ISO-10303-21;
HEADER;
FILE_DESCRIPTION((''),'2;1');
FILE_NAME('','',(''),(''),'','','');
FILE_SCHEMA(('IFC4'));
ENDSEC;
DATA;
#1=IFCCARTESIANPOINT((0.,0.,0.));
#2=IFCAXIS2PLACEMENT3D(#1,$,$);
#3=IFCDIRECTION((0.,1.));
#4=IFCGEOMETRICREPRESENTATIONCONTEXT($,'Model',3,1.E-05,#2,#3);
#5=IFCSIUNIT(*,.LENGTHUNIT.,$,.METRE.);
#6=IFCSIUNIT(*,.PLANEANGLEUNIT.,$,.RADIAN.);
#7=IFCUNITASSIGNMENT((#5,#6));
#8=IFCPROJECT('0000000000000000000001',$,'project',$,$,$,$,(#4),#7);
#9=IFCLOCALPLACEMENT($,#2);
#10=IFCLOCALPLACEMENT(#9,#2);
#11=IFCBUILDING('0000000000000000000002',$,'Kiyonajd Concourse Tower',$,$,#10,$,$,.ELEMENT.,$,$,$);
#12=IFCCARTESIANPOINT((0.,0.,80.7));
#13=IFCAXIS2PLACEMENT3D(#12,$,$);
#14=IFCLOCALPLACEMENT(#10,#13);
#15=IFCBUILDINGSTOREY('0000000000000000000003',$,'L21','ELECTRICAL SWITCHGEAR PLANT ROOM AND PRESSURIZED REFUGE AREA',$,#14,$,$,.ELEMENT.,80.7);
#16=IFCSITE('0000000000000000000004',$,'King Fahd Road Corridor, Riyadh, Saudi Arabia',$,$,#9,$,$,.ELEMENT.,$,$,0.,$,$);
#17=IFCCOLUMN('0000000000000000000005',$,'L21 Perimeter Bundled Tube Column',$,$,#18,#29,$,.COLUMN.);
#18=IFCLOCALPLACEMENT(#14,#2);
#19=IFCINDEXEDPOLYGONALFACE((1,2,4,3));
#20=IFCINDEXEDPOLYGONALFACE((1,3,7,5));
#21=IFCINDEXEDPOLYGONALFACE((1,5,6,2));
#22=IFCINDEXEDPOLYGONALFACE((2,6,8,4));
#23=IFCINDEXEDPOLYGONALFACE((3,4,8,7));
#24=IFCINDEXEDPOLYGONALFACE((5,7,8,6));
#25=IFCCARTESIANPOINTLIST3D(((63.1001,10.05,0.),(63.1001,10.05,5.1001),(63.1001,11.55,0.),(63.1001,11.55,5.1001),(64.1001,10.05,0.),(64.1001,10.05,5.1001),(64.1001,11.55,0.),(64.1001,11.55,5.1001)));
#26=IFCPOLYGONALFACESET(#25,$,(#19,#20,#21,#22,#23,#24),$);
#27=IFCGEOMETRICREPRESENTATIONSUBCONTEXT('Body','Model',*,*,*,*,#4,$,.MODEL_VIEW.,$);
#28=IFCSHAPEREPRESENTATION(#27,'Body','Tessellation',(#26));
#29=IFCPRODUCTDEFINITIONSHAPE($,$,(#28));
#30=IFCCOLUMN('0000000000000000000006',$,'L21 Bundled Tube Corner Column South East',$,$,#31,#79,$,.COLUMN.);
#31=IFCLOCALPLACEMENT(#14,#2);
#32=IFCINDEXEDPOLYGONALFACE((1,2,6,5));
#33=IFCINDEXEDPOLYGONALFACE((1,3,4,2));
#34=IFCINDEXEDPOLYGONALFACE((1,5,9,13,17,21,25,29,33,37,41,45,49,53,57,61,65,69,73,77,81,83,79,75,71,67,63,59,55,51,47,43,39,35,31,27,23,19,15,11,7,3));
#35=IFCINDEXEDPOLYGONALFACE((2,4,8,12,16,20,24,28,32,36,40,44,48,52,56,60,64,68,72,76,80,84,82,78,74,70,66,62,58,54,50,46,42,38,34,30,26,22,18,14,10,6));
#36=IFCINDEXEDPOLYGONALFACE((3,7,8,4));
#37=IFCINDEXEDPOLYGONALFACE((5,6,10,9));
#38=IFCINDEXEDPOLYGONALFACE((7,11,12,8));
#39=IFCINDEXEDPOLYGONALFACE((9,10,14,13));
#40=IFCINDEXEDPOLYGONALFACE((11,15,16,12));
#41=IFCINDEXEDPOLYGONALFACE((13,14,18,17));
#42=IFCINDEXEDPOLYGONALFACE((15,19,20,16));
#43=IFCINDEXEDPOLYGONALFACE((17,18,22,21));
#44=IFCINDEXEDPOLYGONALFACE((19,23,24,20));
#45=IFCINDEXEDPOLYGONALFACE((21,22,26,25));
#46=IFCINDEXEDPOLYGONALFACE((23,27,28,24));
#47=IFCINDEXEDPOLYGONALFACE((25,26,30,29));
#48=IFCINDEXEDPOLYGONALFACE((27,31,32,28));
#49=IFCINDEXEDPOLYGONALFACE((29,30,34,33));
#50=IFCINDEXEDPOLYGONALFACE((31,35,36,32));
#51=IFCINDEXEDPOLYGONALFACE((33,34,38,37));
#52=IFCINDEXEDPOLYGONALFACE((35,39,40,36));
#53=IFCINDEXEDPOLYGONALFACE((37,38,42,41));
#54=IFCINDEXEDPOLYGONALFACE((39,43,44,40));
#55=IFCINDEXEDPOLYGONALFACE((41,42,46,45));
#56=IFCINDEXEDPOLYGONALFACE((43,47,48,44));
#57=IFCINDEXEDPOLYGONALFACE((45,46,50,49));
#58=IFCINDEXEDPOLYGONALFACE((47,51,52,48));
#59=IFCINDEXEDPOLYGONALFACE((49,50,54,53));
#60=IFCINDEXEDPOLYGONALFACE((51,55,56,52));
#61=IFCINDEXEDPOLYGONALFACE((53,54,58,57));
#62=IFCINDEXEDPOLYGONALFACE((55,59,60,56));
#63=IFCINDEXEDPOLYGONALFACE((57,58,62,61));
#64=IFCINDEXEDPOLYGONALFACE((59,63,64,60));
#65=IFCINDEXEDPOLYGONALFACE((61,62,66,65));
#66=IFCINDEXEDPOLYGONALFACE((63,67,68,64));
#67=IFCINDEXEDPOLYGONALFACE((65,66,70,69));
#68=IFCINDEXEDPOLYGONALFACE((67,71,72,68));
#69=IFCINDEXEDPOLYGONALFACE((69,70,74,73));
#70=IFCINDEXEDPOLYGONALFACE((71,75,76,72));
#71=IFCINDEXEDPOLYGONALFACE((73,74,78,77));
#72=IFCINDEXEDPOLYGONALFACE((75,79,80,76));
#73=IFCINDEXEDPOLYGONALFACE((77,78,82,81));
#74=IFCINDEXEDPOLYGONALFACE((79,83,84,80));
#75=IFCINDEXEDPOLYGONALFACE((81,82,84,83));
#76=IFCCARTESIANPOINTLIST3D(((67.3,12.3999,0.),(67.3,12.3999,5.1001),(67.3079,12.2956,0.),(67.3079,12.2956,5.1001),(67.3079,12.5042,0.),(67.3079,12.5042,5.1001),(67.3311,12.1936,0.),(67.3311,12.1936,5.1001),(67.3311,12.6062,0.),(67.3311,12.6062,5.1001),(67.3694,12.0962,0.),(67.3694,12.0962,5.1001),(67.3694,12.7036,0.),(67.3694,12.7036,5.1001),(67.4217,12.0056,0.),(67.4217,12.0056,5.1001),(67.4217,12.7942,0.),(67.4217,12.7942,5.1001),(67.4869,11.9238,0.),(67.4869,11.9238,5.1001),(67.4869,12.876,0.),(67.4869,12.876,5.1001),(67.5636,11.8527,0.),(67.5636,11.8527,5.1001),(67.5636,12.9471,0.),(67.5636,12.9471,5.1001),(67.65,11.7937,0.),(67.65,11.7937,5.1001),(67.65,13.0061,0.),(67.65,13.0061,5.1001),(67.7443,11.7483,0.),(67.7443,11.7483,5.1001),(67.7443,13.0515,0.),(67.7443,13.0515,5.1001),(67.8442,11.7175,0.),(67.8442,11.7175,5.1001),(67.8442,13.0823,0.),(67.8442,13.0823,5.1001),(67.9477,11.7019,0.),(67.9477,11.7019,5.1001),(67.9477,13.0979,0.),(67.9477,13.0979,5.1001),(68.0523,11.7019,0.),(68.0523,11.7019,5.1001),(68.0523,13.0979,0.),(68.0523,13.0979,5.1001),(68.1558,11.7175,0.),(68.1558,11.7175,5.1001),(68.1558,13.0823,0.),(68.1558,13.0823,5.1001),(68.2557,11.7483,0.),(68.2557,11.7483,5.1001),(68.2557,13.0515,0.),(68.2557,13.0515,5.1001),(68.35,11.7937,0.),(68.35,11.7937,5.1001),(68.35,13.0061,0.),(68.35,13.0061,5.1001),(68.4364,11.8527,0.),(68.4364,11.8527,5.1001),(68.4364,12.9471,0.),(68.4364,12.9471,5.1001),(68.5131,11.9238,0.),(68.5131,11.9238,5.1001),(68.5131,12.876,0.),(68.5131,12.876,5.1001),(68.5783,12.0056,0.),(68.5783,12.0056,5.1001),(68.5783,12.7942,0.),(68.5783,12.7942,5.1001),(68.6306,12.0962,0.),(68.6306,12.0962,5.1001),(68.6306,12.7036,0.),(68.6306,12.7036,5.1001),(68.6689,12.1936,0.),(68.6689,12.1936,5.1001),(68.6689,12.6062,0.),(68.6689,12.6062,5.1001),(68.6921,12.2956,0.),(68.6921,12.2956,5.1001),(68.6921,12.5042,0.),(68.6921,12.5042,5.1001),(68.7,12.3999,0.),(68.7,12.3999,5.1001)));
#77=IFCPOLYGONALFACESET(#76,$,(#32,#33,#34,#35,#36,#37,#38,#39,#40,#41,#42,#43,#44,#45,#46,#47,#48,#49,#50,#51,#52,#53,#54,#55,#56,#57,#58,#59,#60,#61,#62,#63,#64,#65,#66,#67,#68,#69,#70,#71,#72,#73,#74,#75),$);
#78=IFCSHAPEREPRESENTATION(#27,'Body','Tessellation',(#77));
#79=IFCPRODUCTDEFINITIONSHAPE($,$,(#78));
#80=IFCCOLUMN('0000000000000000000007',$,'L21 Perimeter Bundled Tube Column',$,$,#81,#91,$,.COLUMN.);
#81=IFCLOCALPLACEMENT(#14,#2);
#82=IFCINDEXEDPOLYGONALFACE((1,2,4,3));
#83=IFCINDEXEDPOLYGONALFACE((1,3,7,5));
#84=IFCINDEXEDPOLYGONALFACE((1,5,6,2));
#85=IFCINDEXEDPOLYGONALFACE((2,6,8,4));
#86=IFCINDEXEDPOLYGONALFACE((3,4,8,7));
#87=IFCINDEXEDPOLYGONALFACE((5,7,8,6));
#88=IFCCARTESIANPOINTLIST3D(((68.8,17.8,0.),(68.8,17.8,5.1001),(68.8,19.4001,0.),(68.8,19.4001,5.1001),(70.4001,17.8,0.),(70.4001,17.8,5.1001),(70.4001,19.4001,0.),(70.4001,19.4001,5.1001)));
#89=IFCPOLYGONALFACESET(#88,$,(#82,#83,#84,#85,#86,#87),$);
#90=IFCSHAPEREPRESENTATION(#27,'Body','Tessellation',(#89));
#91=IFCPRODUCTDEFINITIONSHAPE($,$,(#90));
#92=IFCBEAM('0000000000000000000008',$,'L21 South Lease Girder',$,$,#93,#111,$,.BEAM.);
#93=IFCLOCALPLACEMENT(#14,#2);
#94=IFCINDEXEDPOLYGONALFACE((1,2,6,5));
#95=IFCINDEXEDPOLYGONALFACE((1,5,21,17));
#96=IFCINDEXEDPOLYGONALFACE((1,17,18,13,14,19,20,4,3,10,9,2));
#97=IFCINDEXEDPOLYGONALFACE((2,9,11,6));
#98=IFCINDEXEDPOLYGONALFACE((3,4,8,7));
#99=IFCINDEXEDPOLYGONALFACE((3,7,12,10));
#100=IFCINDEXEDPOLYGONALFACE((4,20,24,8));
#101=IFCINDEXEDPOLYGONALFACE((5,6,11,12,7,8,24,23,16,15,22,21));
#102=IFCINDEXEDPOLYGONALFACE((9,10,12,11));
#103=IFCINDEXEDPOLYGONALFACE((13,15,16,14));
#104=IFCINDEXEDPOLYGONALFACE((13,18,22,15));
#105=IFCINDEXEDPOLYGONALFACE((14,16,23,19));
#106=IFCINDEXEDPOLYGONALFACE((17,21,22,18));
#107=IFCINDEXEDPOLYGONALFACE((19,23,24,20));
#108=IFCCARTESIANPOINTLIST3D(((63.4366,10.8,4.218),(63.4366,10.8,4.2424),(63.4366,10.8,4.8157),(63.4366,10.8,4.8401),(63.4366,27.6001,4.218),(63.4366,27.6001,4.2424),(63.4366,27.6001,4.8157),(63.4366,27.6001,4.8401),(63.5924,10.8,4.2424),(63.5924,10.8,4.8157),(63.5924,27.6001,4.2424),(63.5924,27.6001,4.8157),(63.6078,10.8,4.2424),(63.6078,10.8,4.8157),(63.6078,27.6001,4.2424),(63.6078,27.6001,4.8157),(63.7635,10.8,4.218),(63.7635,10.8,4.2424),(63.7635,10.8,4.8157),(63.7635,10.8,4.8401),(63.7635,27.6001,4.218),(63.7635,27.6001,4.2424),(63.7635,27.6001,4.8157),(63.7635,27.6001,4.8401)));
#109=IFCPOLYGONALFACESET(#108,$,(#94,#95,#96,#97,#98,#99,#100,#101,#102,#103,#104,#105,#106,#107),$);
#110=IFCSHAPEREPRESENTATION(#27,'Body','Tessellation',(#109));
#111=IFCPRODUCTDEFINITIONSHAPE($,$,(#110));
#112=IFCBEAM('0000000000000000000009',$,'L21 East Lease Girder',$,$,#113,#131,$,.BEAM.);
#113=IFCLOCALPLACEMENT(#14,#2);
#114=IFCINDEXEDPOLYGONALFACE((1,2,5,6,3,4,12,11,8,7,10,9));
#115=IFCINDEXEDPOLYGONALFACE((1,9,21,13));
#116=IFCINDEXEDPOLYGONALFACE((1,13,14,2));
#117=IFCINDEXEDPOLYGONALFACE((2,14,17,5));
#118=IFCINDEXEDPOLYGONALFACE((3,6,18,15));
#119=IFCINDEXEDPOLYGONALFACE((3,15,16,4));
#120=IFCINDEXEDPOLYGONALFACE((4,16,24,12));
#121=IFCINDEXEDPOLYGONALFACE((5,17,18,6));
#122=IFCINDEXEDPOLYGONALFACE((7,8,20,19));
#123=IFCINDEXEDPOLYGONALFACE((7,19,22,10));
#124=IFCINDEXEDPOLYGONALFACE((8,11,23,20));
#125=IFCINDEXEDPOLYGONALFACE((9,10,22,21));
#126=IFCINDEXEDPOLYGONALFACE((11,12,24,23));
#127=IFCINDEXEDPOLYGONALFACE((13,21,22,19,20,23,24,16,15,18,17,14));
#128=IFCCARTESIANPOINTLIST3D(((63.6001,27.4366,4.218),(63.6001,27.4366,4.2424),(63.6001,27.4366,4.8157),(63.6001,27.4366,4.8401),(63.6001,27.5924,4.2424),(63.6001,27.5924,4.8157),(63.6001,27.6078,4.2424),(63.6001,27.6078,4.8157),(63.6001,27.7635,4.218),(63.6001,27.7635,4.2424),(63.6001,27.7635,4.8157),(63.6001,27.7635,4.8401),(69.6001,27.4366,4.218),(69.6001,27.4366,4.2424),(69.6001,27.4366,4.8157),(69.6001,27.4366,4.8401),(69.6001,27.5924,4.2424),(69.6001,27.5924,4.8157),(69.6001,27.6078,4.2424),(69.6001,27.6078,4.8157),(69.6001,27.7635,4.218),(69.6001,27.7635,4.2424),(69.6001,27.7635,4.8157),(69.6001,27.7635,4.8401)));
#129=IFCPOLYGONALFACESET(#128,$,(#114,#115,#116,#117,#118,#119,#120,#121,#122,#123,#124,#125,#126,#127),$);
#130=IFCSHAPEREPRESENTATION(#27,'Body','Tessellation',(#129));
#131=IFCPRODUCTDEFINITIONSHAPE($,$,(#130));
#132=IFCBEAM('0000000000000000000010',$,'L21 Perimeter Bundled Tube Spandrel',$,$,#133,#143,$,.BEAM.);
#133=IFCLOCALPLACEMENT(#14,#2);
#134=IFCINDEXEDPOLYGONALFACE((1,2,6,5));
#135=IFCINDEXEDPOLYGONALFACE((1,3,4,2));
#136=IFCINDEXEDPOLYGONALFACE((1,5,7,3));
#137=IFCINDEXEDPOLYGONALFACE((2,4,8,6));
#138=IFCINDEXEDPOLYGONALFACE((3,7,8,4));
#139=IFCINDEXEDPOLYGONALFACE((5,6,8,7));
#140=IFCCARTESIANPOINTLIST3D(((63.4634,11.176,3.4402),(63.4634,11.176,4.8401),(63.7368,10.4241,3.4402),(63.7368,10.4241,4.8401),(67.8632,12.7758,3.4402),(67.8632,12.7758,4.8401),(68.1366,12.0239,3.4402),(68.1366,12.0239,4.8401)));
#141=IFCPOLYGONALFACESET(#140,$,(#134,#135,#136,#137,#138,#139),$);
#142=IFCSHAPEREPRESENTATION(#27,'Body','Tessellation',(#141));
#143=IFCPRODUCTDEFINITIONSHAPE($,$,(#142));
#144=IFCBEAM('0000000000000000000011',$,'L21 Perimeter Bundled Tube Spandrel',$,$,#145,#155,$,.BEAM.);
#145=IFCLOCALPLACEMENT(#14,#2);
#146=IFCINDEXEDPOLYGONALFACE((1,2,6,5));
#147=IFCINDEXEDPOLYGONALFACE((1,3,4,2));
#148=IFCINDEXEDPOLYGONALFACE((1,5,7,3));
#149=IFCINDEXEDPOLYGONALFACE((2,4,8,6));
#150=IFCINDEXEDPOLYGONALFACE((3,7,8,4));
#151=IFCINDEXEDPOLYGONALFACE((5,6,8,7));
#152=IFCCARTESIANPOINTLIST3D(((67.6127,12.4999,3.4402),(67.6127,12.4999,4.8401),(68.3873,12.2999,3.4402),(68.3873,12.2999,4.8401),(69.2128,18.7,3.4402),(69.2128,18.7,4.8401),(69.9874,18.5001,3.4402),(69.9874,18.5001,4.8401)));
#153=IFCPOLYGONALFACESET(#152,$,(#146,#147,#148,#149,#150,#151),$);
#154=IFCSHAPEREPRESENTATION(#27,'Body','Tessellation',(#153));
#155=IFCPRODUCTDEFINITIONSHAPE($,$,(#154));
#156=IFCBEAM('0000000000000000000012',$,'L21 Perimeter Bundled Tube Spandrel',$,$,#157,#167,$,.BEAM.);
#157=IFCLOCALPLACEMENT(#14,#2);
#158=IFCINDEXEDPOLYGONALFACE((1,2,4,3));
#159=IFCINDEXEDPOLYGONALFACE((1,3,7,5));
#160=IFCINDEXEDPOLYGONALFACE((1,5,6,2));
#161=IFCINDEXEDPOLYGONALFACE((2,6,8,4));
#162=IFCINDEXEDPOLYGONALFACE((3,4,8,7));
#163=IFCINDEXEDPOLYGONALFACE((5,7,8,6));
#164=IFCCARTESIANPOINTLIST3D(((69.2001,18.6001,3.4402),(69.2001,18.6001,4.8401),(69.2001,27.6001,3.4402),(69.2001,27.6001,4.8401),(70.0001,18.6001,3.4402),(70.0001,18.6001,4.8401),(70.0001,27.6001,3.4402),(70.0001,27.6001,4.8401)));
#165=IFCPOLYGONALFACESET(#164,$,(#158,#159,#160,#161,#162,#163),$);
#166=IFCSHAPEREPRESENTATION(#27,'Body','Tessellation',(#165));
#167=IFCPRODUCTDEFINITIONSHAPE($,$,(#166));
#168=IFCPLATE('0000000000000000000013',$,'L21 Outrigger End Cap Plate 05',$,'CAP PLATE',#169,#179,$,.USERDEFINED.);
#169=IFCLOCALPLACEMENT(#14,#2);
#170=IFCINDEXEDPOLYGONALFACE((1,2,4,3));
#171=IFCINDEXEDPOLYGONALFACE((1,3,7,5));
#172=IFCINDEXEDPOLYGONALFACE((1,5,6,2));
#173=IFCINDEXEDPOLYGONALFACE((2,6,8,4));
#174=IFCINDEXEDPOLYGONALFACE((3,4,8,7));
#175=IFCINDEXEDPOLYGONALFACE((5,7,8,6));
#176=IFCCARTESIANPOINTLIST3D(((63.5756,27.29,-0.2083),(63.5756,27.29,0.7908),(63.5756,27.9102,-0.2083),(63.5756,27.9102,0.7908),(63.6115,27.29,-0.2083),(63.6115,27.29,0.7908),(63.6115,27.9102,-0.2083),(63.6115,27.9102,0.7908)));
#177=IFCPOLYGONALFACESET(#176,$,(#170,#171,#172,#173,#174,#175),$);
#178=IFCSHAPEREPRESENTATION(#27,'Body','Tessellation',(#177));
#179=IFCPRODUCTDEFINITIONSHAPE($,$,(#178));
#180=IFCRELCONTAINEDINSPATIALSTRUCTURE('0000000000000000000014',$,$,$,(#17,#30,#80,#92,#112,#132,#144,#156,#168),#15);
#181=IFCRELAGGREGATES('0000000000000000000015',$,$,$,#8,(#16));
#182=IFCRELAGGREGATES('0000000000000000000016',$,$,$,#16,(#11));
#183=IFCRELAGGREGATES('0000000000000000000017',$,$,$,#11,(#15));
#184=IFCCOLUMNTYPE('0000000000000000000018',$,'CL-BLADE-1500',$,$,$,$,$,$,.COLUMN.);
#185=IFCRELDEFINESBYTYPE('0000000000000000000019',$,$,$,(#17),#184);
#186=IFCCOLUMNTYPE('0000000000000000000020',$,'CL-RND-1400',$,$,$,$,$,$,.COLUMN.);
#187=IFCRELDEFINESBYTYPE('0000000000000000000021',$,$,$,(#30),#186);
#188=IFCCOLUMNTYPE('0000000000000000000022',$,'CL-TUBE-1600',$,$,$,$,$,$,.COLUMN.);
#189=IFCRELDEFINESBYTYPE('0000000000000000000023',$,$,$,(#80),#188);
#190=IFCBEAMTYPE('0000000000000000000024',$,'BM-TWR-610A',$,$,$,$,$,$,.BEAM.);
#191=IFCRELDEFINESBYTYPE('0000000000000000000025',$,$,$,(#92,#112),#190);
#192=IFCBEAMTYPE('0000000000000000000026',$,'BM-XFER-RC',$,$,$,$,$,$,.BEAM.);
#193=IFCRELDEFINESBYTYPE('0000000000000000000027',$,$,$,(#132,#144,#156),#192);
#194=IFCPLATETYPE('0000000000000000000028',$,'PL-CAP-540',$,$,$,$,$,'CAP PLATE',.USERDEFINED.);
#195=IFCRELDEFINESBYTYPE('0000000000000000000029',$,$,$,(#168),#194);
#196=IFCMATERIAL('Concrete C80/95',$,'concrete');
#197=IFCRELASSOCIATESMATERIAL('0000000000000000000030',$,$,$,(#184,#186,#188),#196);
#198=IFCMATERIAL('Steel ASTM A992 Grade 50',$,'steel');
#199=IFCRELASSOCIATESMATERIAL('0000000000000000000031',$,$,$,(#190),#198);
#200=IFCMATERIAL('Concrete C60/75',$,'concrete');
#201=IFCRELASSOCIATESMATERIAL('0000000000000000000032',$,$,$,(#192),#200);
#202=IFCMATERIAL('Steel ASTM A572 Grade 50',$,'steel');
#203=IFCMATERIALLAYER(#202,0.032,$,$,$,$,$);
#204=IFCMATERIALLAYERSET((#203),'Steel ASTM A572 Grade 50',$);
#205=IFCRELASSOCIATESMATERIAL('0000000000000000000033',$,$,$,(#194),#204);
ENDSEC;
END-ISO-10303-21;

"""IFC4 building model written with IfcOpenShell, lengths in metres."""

from ifc_helpers import new_model, si_unit, direction, frame, origin, origin_2d, place, context, subcontext, project, spatial, rectangle, circle, i_section, extrude, material, layer, layer_set, material_profile, profile_set, type_object, element, save


model = new_model("IFC4")

# Units and contexts
model_context = context("Model", 3, precision=1e-05, world=origin(), true_north=direction((0.0, 1.0)))
body_context = subcontext(model_context, "Body", "Model", "MODEL_VIEW")
ifc_project = project(units=[si_unit("LENGTHUNIT", "METRE"), si_unit("PLANEANGLEUNIT", "RADIAN")], contexts=[model_context])

# Site, building, storey
site_placement = place(None, origin())
site = spatial("IfcSite", under=ifc_project, at=site_placement, Name="King Fahd Road Corridor, Riyadh, Saudi Arabia", CompositionType="ELEMENT", RefElevation=0.0)
building_placement = place(site_placement, origin())
building = spatial("IfcBuilding", under=site, at=building_placement, Name="Kiyonajd Concourse Tower", CompositionType="ELEMENT")
storey_placement = place(building_placement, frame((0.0, 0.0, 80.7)))
storey = spatial("IfcBuildingStorey", under=building, at=storey_placement, Name="L21", Description="ELECTRICAL SWITCHGEAR PLANT ROOM AND PRESSURIZED REFUGE AREA", CompositionType="ELEMENT", Elevation=80.7)

# Columns
ifc_material_1 = material(Name="Concrete C80/95", Category="concrete")
ifc_material_profile_1 = material_profile(ifc_material_1, rectangle(XDim=1.0, YDim=1.5, at=origin_2d()), Name="RC-1500x1000")
ifc_profile_set_1 = profile_set([ifc_material_profile_1], Name="Concrete C80/95")
column_type_1 = type_object("IfcColumnType", Name="CL-BLADE-1500", PredefinedType="COLUMN", material=ifc_profile_set_1)
column_1_placement = place(storey_placement, frame((63.6001, 10.8, 0.0), z_axis=(0.0, 0.0, 1.0), x_axis=(1.0, 0.0, 0.0)))
element("IfcColumn", 1, at=column_1_placement, inside=storey, type_object=column_type_1, Name="L21 Perimeter Bundled Tube Column", PredefinedType="COLUMN", context=body_context, shape_type="SweptSolid", body=[
    extrude(rectangle(XDim=1.0, YDim=1.5, at=origin_2d()), origin(), (0.0, 0.0, 1.0), 5.1001),
])
ifc_material_profile_2 = material_profile(ifc_material_1, circle(Radius=0.7, at=origin_2d()), Name="RCC-D1400")
ifc_profile_set_2 = profile_set([ifc_material_profile_2], Name="Concrete C80/95")
column_type_2 = type_object("IfcColumnType", Name="CL-RND-1400", PredefinedType="COLUMN", material=ifc_profile_set_2)
column_2_placement = place(storey_placement, frame((68.0, 12.3999, 0.0), z_axis=(0.0, 0.0, 1.0), x_axis=(1.0, 0.0, 0.0)))
element("IfcColumn", 2, at=column_2_placement, inside=storey, type_object=column_type_2, Name="L21 Bundled Tube Corner Column South East", PredefinedType="COLUMN", context=body_context, shape_type="SweptSolid", body=[
    extrude(circle(Radius=0.7, at=origin_2d()), origin(), (0.0, 0.0, 1.0), 5.1001),
])
ifc_material_profile_3 = material_profile(ifc_material_1, rectangle(XDim=1.6001, YDim=1.6001, at=origin_2d()), Name="RC-1600x1600")
ifc_profile_set_3 = profile_set([ifc_material_profile_3], Name="Concrete C80/95")
column_type_3 = type_object("IfcColumnType", Name="CL-TUBE-1600", PredefinedType="COLUMN", material=ifc_profile_set_3)
column_3_placement = place(storey_placement, frame((69.6001, 18.6001, 0.0), z_axis=(0.0, 0.0, 1.0), x_axis=(1.0, 0.0, 0.0)))
element("IfcColumn", 3, at=column_3_placement, inside=storey, type_object=column_type_3, Name="L21 Perimeter Bundled Tube Column", PredefinedType="COLUMN", context=body_context, shape_type="SweptSolid", body=[
    extrude(rectangle(XDim=1.6001, YDim=1.6001, at=origin_2d()), origin(), (0.0, 0.0, 1.0), 5.1001),
])

# Beams
ifc_material_2 = material(Name="Steel ASTM A992 Grade 50", Category="steel")
ifc_material_profile_4 = material_profile(ifc_material_2, i_section(OverallWidth=0.3269, OverallDepth=0.6221, WebThickness=0.0154, FlangeThickness=0.0244, at=origin_2d()), Name="W610X195")
ifc_profile_set_4 = profile_set([ifc_material_profile_4], Name="Steel ASTM A992 Grade 50")
beam_type_1 = type_object("IfcBeamType", Name="BM-TWR-610A", PredefinedType="BEAM", material=ifc_profile_set_4)
beam_1_placement = place(storey_placement, frame((63.6001, 10.8, 4.5291), z_axis=(0.0, 1.0, 0.0), x_axis=(-1.0, 0.0, 0.0)))
element("IfcBeam", 4, at=beam_1_placement, inside=storey, type_object=beam_type_1, Name="L21 South Lease Girder", PredefinedType="BEAM", context=body_context, shape_type="SweptSolid", body=[
    extrude(i_section(OverallWidth=0.3269, OverallDepth=0.6221, WebThickness=0.0154, FlangeThickness=0.0244, at=origin_2d()), origin(), (0.0, 0.0, 1.0), 16.8),
])
beam_2_placement = place(storey_placement, frame((63.6001, 27.6001, 4.5291), z_axis=(1.0, 0.0, 0.0), x_axis=(0.0, 1.0, 0.0)))
element("IfcBeam", 5, at=beam_2_placement, inside=storey, type_object=beam_type_1, Name="L21 East Lease Girder", PredefinedType="BEAM", context=body_context, shape_type="SweptSolid", body=[
    extrude(i_section(OverallWidth=0.3269, OverallDepth=0.6221, WebThickness=0.0154, FlangeThickness=0.0244, at=origin_2d()), origin(), (0.0, 0.0, 1.0), 6.0),
])
ifc_material_3 = material(Name="Concrete C60/75", Category="concrete")
ifc_material_profile_5 = material_profile(ifc_material_3, rectangle(XDim=0.8, YDim=1.3999, at=origin_2d()), Name="RCBM-800x1400")
ifc_profile_set_5 = profile_set([ifc_material_profile_5], Name="Concrete C60/75")
beam_type_2 = type_object("IfcBeamType", Name="BM-XFER-RC", PredefinedType="BEAM", material=ifc_profile_set_5)
beam_3_placement = place(storey_placement, frame((63.6001, 10.8, 4.1401), z_axis=(0.939801, 0.341722, 0.0), x_axis=(-0.341722, 0.939801, 0.0)))
element("IfcBeam", 6, at=beam_3_placement, inside=storey, type_object=beam_type_2, Name="L21 Perimeter Bundled Tube Spandrel", PredefinedType="BEAM", context=body_context, shape_type="SweptSolid", body=[
    extrude(rectangle(XDim=0.8, YDim=1.3999, at=origin_2d()), origin(), (0.0, 0.0, 1.0), 4.6816),
])
beam_4_placement = place(storey_placement, frame((68.0, 12.3999, 4.1401), z_axis=(0.249885, 0.968276, 0.0), x_axis=(-0.968276, 0.249885, 0.0)))
element("IfcBeam", 7, at=beam_4_placement, inside=storey, type_object=beam_type_2, Name="L21 Perimeter Bundled Tube Spandrel", PredefinedType="BEAM", context=body_context, shape_type="SweptSolid", body=[
    extrude(rectangle(XDim=0.8, YDim=1.3999, at=origin_2d()), origin(), (0.0, 0.0, 1.0), 6.4033),
])
beam_5_placement = place(storey_placement, frame((69.6001, 18.6001, 4.1401), z_axis=(0.0, 1.0, 0.0), x_axis=(-1.0, 0.0, 0.0)))
element("IfcBeam", 8, at=beam_5_placement, inside=storey, type_object=beam_type_2, Name="L21 Perimeter Bundled Tube Spandrel", PredefinedType="BEAM", context=body_context, shape_type="SweptSolid", body=[
    extrude(rectangle(XDim=0.8, YDim=1.3999, at=origin_2d()), origin(), (0.0, 0.0, 1.0), 9.0),
])

# Plate
ifc_material_4 = material(Name="Steel ASTM A572 Grade 50", Category="steel")
ifc_layer_1 = layer(ifc_material_4, 0.032)
ifc_layer_set_1 = layer_set([ifc_layer_1], Name="Steel ASTM A572 Grade 50")
plate_type = type_object("IfcPlateType", Name="PL-CAP-540", ElementType="CAP PLATE", PredefinedType="USERDEFINED", material=ifc_layer_set_1)
plate_1_placement = place(storey_placement, frame((63.5935, 27.6001, -0.2083), z_axis=(0.0, 0.0, 1.0), x_axis=(-1.0, 0.0, 0.0)))
element("IfcPlate", 9, at=plate_1_placement, inside=storey, type_object=plate_type, Name="L21 Outrigger End Cap Plate 05", ObjectType="CAP PLATE", PredefinedType="USERDEFINED", context=body_context, shape_type="SweptSolid", body=[
    extrude(rectangle(XDim=0.0359, YDim=0.6201, at=origin_2d()), origin(), (0.0, 0.0, 1.0), 0.999),
])

save(model, "model.ifc")
